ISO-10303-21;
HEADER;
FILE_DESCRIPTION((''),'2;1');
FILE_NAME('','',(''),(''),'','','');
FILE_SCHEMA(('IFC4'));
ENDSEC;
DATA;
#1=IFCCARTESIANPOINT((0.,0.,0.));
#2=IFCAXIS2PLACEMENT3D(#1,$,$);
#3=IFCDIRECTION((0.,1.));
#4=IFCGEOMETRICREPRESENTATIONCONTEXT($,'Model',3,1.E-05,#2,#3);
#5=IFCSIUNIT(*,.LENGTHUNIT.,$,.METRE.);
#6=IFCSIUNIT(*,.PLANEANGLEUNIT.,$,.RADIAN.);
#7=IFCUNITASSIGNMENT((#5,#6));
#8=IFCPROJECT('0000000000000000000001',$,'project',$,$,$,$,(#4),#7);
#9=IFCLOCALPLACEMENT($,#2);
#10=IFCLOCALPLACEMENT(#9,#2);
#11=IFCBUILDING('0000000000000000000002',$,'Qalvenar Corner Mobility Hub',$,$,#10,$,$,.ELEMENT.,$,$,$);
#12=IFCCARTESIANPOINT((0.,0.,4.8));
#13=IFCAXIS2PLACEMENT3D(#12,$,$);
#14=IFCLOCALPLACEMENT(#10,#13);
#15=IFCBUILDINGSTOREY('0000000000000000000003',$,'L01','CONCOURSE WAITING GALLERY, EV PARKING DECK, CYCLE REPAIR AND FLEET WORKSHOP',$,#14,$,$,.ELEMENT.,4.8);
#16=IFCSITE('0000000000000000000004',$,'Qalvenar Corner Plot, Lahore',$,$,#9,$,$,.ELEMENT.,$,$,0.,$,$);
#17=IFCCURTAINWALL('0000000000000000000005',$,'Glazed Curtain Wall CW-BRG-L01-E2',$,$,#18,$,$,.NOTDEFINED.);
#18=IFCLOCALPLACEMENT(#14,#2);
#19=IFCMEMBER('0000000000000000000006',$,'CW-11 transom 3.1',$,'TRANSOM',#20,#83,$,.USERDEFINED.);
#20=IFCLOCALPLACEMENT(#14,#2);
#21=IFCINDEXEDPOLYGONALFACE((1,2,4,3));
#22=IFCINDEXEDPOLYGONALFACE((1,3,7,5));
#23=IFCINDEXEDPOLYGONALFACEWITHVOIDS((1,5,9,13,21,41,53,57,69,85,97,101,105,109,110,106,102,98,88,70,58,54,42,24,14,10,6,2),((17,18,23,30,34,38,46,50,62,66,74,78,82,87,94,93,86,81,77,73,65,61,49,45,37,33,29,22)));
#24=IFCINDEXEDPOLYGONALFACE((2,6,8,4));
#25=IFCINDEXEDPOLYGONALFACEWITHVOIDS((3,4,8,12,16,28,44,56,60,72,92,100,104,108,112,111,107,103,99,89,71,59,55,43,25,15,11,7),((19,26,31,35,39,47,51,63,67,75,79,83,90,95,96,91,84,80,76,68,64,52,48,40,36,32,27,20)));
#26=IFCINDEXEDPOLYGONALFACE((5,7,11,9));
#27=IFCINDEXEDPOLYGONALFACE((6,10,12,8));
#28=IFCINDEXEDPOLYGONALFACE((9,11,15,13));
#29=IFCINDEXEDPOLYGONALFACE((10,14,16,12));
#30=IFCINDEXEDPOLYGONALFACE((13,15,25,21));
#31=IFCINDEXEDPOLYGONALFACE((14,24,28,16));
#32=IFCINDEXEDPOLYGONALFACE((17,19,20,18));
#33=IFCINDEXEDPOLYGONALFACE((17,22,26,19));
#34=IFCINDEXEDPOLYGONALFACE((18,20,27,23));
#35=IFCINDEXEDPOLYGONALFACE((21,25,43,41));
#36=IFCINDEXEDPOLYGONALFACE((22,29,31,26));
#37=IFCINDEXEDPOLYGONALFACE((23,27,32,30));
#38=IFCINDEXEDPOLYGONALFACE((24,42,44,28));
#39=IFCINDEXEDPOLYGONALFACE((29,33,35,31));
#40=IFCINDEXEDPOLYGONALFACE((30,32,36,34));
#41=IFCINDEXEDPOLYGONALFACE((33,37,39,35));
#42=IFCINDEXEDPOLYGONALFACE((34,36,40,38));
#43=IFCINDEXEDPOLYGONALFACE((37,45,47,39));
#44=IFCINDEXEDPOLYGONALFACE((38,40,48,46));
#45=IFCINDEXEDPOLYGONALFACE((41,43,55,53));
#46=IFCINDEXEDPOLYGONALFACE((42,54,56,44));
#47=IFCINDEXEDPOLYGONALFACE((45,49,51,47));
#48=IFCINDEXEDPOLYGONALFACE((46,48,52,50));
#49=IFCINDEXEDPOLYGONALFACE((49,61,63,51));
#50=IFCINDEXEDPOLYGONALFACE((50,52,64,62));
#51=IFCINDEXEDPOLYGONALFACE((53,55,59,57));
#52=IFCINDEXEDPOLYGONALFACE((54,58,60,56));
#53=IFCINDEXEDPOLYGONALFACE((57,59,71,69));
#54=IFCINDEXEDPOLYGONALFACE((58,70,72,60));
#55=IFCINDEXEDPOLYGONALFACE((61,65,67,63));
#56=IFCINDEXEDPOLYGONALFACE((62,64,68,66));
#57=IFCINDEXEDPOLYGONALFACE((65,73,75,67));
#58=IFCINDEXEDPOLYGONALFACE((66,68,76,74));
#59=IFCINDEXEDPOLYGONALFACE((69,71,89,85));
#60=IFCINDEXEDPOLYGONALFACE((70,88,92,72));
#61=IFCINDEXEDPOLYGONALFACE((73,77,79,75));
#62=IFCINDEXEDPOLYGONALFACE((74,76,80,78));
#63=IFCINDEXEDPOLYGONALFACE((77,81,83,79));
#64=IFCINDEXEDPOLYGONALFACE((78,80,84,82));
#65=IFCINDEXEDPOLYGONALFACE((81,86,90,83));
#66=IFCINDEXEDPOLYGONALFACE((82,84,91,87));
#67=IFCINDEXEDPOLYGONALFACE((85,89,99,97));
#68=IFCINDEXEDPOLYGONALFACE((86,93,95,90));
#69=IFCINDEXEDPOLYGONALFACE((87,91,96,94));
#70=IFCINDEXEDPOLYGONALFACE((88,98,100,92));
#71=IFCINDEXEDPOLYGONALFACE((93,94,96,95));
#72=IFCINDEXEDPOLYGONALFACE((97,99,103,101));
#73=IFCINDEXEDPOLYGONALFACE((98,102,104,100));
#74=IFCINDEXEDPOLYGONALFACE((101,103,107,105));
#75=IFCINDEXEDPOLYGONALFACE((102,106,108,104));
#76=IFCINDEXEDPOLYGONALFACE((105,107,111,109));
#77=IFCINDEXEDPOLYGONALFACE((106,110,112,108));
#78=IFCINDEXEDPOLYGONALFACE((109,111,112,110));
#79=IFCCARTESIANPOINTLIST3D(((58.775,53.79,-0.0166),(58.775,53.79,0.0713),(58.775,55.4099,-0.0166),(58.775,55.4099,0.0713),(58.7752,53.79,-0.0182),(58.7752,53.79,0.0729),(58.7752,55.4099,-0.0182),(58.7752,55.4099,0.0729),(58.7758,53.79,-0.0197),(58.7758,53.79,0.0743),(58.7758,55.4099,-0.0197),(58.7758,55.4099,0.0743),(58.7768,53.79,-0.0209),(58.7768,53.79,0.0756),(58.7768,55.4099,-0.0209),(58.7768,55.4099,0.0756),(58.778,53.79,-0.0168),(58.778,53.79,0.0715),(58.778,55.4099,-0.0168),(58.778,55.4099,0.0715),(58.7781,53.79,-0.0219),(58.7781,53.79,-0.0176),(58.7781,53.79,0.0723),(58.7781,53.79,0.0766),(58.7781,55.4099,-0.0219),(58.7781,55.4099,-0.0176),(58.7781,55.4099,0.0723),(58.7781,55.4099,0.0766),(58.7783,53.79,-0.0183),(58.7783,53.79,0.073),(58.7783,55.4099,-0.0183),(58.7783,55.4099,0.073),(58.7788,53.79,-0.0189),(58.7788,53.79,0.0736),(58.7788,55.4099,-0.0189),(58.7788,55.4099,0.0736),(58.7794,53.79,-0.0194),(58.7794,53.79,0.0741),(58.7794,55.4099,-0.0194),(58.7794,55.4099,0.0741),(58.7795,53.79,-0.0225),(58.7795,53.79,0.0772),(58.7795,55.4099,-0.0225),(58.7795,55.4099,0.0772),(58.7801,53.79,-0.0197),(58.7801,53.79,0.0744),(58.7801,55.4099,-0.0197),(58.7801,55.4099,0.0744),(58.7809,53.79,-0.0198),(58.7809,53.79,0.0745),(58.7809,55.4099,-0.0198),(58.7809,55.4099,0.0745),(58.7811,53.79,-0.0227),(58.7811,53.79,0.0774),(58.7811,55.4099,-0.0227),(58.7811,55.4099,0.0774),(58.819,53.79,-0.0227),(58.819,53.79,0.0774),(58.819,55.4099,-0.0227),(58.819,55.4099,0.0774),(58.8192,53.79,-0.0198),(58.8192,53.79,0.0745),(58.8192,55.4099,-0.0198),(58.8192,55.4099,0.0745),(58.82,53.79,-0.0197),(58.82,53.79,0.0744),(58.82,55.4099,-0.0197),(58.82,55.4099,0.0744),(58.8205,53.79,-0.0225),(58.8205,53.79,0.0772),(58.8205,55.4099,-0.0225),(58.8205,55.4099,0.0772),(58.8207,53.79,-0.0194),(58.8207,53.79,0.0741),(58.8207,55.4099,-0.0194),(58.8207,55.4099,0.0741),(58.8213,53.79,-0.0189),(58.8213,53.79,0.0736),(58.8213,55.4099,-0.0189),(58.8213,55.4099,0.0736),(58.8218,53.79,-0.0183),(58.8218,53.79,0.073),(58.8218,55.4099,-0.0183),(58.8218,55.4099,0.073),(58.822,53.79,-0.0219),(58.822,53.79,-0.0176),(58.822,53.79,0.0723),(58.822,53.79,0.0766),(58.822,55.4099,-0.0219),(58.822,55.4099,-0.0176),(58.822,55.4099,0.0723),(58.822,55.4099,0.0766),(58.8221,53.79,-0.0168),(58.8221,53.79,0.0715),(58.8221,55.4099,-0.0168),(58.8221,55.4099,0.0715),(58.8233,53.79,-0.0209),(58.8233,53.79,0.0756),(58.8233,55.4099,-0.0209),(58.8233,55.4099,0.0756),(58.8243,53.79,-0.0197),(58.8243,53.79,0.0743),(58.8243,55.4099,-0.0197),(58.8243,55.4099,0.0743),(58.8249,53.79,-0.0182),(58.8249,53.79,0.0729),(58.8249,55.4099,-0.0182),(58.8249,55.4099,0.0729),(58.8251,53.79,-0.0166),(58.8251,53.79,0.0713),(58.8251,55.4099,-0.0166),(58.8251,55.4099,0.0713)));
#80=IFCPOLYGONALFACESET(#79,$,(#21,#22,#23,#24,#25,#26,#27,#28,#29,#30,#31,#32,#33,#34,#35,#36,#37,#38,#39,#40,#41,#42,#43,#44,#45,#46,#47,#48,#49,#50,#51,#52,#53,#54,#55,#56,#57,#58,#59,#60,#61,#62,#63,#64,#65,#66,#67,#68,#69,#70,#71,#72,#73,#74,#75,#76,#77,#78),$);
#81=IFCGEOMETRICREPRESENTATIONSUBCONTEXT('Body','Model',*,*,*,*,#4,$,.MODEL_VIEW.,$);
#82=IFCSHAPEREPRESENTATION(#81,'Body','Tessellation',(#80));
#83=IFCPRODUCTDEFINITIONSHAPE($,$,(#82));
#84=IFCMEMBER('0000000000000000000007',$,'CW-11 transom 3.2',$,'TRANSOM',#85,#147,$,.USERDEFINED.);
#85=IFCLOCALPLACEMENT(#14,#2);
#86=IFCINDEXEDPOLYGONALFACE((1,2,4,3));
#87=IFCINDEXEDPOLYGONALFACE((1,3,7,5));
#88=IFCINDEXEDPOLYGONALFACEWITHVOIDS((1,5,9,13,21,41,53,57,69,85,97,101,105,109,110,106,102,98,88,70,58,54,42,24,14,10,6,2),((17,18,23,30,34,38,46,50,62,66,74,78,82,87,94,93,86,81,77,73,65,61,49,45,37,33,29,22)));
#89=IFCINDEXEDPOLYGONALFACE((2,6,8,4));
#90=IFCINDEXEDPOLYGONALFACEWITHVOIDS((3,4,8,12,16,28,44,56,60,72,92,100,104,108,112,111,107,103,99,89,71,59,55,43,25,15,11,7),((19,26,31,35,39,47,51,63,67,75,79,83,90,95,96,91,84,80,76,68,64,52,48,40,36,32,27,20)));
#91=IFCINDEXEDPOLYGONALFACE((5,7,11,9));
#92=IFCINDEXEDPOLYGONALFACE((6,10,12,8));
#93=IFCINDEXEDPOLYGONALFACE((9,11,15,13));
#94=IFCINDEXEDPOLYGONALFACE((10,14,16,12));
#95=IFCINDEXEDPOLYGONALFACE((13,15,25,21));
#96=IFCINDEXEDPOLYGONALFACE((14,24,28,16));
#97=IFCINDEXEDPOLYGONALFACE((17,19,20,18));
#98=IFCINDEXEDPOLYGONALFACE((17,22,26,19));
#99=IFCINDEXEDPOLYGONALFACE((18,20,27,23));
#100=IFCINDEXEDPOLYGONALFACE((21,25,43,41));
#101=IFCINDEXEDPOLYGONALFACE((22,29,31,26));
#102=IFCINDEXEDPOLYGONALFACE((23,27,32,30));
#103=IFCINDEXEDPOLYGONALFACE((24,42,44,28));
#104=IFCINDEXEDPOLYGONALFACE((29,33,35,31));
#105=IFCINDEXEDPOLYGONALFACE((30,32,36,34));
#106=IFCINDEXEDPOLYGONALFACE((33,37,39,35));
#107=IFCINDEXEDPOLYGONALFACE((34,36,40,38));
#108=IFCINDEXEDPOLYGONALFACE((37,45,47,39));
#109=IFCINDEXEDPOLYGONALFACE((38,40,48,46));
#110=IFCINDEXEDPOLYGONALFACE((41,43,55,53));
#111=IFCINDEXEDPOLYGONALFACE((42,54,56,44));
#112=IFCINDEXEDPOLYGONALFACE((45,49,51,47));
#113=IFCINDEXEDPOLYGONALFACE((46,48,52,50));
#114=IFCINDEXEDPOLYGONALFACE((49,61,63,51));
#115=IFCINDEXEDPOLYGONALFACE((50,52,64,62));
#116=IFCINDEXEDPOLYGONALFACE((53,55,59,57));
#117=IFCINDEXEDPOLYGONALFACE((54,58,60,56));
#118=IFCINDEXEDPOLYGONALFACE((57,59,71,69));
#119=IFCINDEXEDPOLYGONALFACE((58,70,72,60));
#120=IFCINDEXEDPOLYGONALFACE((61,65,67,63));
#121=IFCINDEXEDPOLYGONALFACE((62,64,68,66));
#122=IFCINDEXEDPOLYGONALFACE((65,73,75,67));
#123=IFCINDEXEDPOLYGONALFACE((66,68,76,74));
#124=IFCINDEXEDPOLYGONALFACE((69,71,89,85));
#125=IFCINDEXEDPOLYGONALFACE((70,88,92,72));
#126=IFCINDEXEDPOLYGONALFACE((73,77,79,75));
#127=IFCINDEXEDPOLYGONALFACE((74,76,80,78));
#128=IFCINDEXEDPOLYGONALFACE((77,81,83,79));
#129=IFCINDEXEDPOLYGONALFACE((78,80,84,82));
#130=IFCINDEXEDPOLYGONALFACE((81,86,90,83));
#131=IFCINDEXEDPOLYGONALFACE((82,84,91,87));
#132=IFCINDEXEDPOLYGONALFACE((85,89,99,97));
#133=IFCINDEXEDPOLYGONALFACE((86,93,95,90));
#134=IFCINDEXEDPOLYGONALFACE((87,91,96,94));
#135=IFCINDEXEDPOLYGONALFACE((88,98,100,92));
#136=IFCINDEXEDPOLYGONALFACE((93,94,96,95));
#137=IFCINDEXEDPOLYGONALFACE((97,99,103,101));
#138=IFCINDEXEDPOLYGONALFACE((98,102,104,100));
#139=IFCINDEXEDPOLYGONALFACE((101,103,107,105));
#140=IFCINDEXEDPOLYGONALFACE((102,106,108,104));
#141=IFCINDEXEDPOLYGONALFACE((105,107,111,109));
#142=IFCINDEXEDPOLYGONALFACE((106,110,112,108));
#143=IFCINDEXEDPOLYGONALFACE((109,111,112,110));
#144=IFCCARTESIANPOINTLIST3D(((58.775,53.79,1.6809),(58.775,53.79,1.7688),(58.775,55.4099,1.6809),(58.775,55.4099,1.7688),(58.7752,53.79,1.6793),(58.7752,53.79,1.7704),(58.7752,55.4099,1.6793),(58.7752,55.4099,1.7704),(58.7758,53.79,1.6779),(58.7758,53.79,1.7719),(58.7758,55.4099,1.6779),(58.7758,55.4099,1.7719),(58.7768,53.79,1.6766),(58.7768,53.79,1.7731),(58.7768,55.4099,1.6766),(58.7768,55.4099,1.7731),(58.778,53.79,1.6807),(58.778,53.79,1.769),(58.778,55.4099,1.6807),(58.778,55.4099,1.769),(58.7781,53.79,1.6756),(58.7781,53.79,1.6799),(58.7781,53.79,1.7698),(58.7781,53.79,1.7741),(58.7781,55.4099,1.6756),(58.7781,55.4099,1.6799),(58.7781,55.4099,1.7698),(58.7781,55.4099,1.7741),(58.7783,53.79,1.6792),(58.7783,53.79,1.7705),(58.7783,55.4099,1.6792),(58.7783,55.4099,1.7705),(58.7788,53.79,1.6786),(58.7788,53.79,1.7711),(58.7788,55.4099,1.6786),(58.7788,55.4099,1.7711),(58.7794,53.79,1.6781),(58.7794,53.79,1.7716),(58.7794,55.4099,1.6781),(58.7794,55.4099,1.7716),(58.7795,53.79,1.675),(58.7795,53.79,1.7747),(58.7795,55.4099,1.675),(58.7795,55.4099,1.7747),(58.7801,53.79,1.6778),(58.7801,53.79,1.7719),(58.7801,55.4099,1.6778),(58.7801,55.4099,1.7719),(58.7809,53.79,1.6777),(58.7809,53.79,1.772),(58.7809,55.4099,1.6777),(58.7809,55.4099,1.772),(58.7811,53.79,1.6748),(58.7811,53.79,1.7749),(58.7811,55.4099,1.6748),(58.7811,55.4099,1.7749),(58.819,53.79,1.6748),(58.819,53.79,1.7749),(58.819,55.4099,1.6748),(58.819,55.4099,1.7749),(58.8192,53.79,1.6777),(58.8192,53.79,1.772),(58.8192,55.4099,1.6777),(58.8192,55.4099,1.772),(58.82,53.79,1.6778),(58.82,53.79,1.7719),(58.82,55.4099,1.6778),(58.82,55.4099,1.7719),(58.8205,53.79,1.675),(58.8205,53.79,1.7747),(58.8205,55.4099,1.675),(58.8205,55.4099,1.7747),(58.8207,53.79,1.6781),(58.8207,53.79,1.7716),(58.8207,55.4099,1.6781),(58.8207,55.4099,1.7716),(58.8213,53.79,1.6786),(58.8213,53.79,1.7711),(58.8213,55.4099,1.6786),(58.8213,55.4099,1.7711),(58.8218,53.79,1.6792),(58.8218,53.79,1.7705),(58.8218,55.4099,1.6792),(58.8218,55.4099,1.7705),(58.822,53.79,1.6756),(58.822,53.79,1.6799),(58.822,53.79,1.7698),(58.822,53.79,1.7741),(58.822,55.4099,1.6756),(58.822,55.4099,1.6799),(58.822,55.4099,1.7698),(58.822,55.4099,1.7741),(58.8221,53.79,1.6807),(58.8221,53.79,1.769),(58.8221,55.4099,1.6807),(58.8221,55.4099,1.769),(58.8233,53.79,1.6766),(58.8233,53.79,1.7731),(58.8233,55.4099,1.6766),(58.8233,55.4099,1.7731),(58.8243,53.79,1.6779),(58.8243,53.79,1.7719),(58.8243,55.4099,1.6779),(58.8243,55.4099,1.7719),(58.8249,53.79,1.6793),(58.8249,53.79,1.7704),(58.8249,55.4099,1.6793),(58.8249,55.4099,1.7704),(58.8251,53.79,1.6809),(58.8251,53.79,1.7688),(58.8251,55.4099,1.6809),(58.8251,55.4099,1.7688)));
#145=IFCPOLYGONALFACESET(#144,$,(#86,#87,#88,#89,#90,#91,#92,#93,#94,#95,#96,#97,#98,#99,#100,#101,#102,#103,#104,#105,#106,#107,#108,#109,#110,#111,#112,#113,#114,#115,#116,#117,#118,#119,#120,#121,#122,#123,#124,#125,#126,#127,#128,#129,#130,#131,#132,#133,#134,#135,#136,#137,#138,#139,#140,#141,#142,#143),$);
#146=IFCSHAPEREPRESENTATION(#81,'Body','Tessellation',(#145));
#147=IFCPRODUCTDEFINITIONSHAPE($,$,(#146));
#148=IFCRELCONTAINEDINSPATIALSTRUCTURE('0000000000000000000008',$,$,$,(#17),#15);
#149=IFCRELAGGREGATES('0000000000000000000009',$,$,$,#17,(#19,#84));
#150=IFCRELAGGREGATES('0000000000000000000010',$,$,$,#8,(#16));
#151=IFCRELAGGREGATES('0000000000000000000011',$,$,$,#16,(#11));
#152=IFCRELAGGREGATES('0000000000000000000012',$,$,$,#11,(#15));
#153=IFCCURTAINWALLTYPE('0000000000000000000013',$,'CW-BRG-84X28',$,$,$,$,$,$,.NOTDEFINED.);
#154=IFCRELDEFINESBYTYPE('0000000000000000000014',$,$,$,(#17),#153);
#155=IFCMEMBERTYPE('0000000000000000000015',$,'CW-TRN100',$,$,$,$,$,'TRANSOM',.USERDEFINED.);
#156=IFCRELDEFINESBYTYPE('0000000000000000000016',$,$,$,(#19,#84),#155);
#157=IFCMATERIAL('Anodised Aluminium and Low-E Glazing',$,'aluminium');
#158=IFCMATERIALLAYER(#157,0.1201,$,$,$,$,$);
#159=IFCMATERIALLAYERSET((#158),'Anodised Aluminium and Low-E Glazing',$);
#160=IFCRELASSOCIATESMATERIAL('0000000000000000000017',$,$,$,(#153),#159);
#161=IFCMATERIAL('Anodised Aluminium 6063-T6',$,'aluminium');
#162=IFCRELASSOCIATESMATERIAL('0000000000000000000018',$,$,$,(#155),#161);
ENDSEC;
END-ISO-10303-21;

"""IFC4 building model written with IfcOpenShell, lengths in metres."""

from ifc_helpers import new_model, si_unit, direction, frame, origin, origin_2d, place, context, subcontext, project, spatial, hollow_rectangle, extrude, material, layer, layer_set, material_profile, profile_set, type_object, element, aggregate, save


model = new_model("IFC4")

# Units and contexts
model_context = context("Model", 3, precision=1e-05, world=origin(), true_north=direction((0.0, 1.0)))
body_context = subcontext(model_context, "Body", "Model", "MODEL_VIEW")
ifc_project = project(units=[si_unit("LENGTHUNIT", "METRE"), si_unit("PLANEANGLEUNIT", "RADIAN")], contexts=[model_context])

# Site, building, storey
site_placement = place(None, origin())
site = spatial("IfcSite", under=ifc_project, at=site_placement, Name="Qalvenar Corner Plot, Lahore", CompositionType="ELEMENT", RefElevation=0.0)
building_placement = place(site_placement, origin())
building = spatial("IfcBuilding", under=site, at=building_placement, Name="Qalvenar Corner Mobility Hub", CompositionType="ELEMENT")
storey_placement = place(building_placement, frame((0.0, 0.0, 4.8)))
storey = spatial("IfcBuildingStorey", under=building, at=storey_placement, Name="L01", Description="CONCOURSE WAITING GALLERY, EV PARKING DECK, CYCLE REPAIR AND FLEET WORKSHOP", CompositionType="ELEMENT", Elevation=4.8)

# Curtain wall, members
ifc_material_1 = material(Name="Anodised Aluminium and Low-E Glazing", Category="aluminium")
ifc_layer_1 = layer(ifc_material_1, 0.1201)
ifc_layer_set_1 = layer_set([ifc_layer_1], Name="Anodised Aluminium and Low-E Glazing")
curtain_wall_type = type_object("IfcCurtainWallType", Name="CW-BRG-84X28", PredefinedType="NOTDEFINED", material=ifc_layer_set_1)
curtain_wall_placement = place(storey_placement, origin())
curtain_wall = element("IfcCurtainWall", 1, at=curtain_wall_placement, inside=storey, type_object=curtain_wall_type, Name="Glazed Curtain Wall CW-BRG-L01-E2", PredefinedType="NOTDEFINED")
ifc_material_2 = material(Name="Anodised Aluminium 6063-T6", Category="aluminium")
ifc_material_profile_1 = material_profile(ifc_material_2, hollow_rectangle(XDim=0.05, YDim=0.1001, WallThickness=0.0029, InnerFilletRadius=0.0029, OuterFilletRadius=0.0061, at=origin_2d()), Name="RHS100x50x3")
ifc_profile_set_1 = profile_set([ifc_material_profile_1], Name="Anodised Aluminium 6063-T6")
member_type_1 = type_object("IfcMemberType", Name="CW-TRN100", ElementType="TRANSOM", PredefinedType="USERDEFINED", material=ifc_profile_set_1)
member_1_placement = place(storey_placement, frame((58.8, 53.79, 0.0273), z_axis=(0.0, 1.0, 0.0), x_axis=(-1.0, 0.0, 0.0)))
member_1 = element("IfcMember", 2, at=member_1_placement, type_object=member_type_1, Name="CW-11 transom 3.1", ObjectType="TRANSOM", PredefinedType="USERDEFINED", context=body_context, shape_type="SweptSolid", body=[
    extrude(hollow_rectangle(XDim=0.05, YDim=0.1001, WallThickness=0.0029, InnerFilletRadius=0.0029, OuterFilletRadius=0.0061, at=origin_2d()), origin(), (0.0, 0.0, 1.0), 1.6199),
])
member_2_placement = place(storey_placement, frame((58.8, 53.79, 1.7249), z_axis=(0.0, 1.0, 0.0), x_axis=(-1.0, 0.0, 0.0)))
member_2 = element("IfcMember", 3, at=member_2_placement, type_object=member_type_1, Name="CW-11 transom 3.2", ObjectType="TRANSOM", PredefinedType="USERDEFINED", context=body_context, shape_type="SweptSolid", body=[
    extrude(hollow_rectangle(XDim=0.05, YDim=0.1001, WallThickness=0.0029, InnerFilletRadius=0.0029, OuterFilletRadius=0.0061, at=origin_2d()), origin(), (0.0, 0.0, 1.0), 1.6199),
])
aggregate(curtain_wall, [member_1, member_2])

save(model, "model.ifc")
